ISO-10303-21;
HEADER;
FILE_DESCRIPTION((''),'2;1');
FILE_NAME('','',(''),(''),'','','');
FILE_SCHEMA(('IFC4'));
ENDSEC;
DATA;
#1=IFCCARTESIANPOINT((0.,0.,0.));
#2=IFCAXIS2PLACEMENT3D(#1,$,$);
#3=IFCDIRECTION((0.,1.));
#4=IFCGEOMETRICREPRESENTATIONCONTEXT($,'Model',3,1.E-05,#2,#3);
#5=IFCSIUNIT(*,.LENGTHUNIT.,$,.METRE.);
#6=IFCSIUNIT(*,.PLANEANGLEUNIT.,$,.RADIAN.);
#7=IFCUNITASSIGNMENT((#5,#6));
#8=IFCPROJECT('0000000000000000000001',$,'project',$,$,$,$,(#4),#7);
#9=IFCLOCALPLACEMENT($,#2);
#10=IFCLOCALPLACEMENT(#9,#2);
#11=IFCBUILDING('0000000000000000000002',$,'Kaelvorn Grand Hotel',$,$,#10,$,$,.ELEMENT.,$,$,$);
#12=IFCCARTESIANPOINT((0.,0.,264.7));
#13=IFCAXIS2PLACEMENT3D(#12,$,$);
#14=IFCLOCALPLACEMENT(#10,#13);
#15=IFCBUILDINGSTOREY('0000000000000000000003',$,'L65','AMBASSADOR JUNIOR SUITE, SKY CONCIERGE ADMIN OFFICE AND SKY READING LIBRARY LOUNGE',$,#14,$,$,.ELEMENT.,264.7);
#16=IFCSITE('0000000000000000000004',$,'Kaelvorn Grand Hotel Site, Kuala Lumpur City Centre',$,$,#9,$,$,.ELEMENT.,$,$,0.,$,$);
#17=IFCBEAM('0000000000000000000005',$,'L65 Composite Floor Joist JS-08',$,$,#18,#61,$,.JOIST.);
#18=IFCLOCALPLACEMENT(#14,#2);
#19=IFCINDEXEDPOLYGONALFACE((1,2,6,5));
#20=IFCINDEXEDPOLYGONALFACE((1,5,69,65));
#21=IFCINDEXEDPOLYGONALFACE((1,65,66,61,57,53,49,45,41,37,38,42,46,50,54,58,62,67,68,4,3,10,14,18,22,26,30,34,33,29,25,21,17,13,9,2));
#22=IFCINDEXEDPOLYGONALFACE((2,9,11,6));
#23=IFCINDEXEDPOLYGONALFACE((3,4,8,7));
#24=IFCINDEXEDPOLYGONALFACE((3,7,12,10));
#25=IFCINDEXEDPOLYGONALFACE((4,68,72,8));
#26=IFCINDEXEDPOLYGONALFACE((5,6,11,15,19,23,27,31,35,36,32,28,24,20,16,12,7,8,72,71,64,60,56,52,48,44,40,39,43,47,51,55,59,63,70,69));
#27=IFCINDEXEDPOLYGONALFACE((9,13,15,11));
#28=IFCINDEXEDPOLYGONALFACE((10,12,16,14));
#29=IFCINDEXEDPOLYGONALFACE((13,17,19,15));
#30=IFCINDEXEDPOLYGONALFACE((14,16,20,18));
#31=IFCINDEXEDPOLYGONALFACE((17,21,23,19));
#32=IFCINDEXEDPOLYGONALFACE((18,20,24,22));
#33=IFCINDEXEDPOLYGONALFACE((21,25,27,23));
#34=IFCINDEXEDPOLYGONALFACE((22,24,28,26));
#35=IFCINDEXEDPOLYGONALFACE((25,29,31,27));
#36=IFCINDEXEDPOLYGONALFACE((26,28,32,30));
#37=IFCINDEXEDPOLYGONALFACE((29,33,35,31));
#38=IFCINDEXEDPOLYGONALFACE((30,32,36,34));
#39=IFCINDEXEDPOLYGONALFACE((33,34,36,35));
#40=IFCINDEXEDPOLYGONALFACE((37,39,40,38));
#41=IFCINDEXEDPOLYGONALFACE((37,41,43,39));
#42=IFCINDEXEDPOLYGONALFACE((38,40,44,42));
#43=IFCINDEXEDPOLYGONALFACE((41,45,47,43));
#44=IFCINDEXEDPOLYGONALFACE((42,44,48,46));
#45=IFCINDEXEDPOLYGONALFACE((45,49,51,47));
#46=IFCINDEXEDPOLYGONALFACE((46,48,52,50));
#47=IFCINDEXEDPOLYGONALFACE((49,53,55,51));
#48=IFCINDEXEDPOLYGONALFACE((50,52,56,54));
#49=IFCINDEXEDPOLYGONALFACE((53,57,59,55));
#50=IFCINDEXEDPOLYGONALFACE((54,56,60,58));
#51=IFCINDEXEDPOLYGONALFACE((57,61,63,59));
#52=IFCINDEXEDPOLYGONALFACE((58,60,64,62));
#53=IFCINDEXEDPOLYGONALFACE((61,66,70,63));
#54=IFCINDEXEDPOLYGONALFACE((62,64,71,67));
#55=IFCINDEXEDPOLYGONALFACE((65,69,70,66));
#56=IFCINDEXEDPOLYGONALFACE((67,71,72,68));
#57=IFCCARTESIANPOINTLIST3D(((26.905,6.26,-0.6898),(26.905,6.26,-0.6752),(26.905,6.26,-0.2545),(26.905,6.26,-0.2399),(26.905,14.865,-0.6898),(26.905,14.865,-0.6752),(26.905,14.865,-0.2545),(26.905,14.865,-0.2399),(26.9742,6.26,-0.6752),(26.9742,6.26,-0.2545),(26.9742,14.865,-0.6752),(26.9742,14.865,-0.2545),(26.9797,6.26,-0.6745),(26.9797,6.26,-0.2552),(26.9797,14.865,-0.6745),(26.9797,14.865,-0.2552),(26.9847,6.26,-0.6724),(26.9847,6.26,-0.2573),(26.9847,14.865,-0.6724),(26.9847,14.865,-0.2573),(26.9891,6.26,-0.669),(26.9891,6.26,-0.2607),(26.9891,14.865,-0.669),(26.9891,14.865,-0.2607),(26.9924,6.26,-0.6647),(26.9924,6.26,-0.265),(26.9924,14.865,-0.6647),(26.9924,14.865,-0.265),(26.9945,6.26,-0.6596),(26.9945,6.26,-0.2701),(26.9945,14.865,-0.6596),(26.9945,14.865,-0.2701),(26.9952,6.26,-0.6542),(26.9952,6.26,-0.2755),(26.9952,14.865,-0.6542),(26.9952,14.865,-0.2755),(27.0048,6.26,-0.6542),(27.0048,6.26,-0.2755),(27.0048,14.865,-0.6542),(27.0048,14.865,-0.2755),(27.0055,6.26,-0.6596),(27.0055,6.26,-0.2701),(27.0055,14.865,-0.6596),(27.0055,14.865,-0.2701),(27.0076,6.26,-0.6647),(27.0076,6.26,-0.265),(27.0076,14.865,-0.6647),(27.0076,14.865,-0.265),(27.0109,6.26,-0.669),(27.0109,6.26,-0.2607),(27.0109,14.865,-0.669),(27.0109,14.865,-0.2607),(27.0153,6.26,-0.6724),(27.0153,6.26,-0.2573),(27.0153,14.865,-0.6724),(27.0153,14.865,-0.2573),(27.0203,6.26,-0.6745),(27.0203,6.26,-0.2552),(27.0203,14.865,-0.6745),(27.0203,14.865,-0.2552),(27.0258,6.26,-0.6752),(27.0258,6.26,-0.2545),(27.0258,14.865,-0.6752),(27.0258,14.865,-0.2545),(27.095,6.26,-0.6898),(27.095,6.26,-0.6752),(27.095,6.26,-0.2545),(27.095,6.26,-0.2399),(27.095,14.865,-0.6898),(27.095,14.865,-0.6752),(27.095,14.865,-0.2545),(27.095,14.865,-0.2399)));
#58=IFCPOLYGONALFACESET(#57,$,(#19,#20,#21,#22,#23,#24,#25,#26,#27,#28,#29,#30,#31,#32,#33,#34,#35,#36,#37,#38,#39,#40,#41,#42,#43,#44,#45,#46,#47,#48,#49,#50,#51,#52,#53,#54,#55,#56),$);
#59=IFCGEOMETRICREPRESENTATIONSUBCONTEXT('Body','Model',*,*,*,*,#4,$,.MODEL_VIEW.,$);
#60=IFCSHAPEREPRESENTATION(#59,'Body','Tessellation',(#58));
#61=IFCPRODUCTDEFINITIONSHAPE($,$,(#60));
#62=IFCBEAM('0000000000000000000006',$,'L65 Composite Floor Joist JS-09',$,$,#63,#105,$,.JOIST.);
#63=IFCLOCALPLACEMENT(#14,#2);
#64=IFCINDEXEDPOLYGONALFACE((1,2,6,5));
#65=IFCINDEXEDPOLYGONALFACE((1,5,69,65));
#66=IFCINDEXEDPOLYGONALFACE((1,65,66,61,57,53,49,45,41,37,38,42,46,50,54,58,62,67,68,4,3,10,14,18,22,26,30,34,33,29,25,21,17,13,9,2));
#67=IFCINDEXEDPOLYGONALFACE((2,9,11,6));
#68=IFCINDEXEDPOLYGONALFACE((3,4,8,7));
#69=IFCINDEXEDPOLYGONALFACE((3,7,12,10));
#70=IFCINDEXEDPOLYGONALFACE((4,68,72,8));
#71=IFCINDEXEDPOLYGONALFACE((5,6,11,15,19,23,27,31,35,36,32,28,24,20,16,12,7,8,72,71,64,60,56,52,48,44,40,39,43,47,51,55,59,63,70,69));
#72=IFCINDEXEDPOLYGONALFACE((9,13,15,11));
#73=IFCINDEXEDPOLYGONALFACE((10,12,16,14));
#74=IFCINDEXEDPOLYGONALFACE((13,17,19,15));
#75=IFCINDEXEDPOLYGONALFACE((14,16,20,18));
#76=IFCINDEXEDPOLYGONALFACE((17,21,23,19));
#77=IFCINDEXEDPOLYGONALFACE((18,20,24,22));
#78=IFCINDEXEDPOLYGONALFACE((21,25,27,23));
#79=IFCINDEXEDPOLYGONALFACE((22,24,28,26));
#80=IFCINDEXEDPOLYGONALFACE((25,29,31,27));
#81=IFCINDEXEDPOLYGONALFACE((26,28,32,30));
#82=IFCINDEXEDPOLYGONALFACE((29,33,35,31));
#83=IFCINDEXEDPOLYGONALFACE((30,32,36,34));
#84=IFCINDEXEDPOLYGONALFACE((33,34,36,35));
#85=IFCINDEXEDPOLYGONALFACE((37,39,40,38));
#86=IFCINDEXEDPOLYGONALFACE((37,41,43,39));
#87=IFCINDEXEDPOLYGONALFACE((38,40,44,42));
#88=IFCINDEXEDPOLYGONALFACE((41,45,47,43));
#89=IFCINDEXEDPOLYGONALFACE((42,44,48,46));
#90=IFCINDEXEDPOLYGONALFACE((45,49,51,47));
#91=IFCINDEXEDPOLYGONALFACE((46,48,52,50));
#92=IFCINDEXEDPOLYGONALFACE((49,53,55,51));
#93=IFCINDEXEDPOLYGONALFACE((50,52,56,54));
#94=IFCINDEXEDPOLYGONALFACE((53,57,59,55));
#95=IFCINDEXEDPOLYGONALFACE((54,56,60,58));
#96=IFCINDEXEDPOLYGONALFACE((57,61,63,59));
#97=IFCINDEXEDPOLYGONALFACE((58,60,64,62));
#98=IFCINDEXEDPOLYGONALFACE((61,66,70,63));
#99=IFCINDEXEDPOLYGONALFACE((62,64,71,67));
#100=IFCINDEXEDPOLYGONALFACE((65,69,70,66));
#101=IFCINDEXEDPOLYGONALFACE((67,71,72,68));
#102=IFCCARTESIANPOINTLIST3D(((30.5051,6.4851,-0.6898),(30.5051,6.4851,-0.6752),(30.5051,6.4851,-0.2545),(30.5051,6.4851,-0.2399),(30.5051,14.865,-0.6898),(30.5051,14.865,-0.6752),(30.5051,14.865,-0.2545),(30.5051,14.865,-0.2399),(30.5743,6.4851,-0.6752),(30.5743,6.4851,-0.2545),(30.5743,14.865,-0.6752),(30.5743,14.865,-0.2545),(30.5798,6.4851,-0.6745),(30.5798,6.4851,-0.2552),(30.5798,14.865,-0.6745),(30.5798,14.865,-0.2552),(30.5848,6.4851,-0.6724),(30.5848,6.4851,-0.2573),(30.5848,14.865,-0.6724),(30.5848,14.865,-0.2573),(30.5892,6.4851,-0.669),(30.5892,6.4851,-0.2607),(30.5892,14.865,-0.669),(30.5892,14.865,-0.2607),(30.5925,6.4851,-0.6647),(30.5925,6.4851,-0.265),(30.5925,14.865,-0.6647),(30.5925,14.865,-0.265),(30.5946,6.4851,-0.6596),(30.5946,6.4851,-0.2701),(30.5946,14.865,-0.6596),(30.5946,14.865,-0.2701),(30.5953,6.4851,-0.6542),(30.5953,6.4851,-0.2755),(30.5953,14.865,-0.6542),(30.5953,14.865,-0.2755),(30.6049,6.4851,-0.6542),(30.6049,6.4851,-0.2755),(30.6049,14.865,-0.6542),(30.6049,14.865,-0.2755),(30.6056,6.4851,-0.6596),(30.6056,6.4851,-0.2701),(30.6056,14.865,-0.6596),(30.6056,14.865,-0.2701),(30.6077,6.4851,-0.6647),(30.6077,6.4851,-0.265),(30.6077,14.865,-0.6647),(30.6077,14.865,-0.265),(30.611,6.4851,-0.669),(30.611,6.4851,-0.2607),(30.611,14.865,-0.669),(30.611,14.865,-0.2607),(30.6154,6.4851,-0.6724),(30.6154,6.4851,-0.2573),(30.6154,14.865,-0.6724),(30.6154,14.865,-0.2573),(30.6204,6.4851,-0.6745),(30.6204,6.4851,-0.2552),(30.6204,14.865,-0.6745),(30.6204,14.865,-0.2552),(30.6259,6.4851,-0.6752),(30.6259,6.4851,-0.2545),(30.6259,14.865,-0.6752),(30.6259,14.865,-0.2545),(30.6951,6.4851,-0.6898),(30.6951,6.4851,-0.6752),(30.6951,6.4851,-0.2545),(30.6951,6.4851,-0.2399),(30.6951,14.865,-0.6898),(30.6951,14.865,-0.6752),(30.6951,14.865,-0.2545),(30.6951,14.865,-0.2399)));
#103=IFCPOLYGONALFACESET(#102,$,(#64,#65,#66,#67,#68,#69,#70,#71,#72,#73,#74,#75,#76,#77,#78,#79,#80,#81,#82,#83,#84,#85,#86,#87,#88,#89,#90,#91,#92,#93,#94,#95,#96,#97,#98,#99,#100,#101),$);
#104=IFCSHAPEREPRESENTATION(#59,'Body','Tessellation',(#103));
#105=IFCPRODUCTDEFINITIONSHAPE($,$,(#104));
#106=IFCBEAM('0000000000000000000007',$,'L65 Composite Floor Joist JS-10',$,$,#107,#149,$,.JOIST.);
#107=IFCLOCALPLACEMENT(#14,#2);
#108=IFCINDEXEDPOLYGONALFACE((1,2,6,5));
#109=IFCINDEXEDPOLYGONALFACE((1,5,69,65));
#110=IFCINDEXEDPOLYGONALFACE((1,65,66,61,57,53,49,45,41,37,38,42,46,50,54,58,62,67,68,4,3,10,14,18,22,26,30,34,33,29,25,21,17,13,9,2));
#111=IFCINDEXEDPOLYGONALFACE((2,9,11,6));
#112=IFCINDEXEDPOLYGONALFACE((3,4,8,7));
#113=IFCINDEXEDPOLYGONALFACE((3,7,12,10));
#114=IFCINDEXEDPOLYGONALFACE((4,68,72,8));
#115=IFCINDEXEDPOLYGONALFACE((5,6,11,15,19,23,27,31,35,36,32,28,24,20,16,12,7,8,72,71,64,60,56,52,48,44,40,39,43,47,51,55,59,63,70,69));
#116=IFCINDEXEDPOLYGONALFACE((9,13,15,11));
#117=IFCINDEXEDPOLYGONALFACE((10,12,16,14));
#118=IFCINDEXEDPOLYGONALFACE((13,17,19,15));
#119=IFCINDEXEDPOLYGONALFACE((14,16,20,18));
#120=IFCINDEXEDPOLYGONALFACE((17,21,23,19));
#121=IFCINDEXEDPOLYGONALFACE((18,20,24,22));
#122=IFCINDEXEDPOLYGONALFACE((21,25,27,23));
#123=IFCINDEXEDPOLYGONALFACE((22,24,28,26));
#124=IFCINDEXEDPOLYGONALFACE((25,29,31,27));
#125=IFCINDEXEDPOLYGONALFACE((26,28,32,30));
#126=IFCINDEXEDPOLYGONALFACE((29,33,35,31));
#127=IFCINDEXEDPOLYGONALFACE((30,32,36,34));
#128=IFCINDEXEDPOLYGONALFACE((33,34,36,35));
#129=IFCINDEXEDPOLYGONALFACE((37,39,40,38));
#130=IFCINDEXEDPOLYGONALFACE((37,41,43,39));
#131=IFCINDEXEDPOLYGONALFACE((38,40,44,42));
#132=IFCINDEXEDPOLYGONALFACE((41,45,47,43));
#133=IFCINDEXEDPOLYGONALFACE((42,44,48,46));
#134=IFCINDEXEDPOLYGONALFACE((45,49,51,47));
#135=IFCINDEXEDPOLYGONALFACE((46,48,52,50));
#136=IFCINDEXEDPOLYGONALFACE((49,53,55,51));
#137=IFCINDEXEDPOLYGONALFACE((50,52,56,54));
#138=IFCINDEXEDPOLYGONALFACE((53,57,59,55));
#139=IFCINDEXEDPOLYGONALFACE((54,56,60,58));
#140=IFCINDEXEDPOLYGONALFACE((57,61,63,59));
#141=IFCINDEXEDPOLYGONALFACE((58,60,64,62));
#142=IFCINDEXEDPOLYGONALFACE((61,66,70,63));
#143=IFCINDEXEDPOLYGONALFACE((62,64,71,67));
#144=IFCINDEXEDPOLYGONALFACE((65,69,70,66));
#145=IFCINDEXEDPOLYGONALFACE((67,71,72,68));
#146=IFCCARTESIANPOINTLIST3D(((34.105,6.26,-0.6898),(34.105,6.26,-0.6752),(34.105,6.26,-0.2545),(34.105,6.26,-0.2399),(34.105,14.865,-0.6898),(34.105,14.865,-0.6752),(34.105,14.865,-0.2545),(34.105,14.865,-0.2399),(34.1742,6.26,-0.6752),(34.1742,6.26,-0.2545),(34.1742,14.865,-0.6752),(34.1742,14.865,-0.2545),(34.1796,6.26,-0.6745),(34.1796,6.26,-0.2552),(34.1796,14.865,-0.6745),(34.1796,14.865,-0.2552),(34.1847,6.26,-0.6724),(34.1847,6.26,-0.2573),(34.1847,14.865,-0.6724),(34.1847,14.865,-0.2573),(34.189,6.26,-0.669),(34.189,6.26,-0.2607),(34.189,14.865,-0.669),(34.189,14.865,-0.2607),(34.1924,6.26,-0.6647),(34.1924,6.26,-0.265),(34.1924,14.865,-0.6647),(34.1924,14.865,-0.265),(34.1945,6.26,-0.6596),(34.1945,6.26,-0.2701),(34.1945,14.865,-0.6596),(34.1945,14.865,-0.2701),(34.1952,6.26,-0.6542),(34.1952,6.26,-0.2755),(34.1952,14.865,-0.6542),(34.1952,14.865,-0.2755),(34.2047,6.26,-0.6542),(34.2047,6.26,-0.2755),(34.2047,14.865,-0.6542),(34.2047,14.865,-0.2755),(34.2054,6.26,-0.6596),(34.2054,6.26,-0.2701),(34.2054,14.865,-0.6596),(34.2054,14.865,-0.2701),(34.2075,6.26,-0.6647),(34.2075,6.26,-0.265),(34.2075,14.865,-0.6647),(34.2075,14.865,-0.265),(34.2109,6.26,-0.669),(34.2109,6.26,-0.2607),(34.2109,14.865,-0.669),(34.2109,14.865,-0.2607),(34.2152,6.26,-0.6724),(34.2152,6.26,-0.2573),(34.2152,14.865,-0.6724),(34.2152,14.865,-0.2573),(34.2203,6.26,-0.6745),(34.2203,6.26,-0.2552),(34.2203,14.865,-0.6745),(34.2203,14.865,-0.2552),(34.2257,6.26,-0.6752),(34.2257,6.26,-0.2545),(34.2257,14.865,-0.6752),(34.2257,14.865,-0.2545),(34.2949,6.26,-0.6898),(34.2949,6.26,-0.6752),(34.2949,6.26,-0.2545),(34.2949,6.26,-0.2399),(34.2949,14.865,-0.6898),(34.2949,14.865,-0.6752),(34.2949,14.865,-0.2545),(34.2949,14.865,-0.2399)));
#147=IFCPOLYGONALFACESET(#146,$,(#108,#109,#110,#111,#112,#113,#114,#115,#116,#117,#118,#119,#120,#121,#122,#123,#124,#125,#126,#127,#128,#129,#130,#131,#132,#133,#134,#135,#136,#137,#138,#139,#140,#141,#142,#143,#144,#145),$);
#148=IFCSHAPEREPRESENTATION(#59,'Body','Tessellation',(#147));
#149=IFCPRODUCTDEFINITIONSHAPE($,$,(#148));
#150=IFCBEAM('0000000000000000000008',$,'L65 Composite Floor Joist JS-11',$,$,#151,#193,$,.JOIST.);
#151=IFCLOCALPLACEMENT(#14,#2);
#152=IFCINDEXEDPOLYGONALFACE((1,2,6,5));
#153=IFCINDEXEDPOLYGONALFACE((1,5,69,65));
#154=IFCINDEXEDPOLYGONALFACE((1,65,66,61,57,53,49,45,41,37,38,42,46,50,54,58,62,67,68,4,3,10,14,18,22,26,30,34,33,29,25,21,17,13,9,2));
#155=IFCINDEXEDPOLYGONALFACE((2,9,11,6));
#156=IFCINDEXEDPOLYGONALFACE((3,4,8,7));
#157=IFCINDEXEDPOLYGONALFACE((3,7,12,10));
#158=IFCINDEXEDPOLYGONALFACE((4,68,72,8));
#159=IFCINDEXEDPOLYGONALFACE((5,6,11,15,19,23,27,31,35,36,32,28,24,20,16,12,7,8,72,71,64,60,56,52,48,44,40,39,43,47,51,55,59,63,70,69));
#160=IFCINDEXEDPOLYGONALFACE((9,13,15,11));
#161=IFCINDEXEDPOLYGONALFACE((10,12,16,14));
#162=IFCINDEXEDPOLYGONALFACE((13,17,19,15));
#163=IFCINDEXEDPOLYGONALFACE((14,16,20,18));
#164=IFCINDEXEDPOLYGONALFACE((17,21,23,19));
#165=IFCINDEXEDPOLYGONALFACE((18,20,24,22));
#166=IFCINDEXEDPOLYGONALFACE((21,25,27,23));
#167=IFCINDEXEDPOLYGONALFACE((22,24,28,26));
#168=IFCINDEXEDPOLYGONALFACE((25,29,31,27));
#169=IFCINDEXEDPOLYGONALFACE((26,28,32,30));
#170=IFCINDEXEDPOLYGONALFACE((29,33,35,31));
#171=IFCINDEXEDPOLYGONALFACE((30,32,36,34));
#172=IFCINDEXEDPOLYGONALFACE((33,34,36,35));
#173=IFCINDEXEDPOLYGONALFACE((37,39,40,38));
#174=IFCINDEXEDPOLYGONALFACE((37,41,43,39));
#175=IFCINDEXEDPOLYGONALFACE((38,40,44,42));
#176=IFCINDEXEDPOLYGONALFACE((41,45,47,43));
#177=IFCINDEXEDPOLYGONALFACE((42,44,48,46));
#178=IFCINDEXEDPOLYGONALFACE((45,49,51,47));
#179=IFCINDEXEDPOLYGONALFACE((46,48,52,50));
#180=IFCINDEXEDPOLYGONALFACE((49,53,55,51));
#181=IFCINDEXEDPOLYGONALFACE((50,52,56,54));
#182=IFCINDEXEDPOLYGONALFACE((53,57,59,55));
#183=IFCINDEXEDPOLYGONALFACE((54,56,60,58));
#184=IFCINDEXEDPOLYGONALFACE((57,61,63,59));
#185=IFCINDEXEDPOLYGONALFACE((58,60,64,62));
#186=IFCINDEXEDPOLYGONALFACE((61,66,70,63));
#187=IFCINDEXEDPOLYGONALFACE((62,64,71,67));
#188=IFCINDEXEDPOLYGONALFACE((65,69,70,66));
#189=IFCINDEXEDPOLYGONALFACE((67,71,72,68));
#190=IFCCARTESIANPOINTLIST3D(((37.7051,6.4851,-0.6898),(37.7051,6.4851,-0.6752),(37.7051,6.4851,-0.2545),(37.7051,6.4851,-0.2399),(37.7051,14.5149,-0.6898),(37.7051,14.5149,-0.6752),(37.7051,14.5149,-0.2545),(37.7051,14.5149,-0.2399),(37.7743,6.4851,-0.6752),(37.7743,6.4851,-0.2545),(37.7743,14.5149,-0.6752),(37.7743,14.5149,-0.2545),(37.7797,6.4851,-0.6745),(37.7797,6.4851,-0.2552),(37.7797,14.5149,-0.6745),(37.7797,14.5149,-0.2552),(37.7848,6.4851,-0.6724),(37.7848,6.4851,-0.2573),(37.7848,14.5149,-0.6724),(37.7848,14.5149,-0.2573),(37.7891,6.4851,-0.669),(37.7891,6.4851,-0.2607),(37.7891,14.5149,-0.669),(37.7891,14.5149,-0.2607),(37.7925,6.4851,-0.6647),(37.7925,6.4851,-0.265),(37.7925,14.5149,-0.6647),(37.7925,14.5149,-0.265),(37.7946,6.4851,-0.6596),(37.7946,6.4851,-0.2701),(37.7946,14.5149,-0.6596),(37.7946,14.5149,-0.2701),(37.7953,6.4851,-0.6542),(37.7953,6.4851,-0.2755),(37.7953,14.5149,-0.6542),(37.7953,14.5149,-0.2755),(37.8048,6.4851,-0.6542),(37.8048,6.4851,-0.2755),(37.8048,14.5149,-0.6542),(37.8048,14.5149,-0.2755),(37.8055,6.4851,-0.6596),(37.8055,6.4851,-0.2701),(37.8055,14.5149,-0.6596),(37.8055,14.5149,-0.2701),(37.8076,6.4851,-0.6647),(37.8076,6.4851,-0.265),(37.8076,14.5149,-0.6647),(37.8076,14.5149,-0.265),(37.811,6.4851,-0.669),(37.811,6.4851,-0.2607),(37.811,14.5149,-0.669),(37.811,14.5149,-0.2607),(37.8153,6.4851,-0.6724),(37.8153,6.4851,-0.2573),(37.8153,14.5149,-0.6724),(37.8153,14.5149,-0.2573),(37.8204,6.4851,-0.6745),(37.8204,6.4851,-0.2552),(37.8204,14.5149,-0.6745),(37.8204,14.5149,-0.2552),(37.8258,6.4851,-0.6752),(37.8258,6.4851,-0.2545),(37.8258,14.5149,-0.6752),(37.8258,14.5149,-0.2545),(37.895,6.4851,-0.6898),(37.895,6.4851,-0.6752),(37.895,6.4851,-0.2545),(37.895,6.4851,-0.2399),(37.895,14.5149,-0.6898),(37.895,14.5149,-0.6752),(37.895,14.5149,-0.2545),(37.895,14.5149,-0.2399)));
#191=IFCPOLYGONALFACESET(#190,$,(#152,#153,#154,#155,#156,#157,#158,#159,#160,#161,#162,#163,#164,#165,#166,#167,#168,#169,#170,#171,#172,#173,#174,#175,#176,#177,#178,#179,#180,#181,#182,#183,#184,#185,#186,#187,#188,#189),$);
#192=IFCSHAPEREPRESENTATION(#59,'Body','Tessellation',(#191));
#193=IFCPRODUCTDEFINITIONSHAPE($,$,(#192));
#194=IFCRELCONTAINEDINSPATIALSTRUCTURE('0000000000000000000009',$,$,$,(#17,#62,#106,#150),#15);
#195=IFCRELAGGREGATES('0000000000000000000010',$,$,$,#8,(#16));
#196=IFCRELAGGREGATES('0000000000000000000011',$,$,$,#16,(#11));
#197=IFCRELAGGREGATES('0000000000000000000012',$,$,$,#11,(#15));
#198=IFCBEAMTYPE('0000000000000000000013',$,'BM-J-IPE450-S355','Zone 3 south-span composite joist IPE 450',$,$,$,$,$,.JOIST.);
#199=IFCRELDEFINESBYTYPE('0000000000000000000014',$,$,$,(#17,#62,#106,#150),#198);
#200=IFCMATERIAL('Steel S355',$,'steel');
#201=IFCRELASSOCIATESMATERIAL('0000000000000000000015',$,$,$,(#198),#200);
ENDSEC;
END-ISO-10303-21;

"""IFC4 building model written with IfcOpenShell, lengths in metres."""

from ifc_helpers import new_model, si_unit, direction, frame, origin, origin_2d, place, context, subcontext, project, spatial, i_section, extrude, material, material_profile, profile_set, type_object, element, save


model = new_model("IFC4")

# Units and contexts
model_context = context("Model", 3, precision=1e-05, world=origin(), true_north=direction((0.0, 1.0)))
body_context = subcontext(model_context, "Body", "Model", "MODEL_VIEW")
ifc_project = project(units=[si_unit("LENGTHUNIT", "METRE"), si_unit("PLANEANGLEUNIT", "RADIAN")], contexts=[model_context])

# Site, building, storey
site_placement = place(None, origin())
site = spatial("IfcSite", under=ifc_project, at=site_placement, Name="Kaelvorn Grand Hotel Site, Kuala Lumpur City Centre", CompositionType="ELEMENT", RefElevation=0.0)
building_placement = place(site_placement, origin())
building = spatial("IfcBuilding", under=site, at=building_placement, Name="Kaelvorn Grand Hotel", CompositionType="ELEMENT")
storey_placement = place(building_placement, frame((0.0, 0.0, 264.7)))
storey = spatial("IfcBuildingStorey", under=building, at=storey_placement, Name="L65", Description="AMBASSADOR JUNIOR SUITE, SKY CONCIERGE ADMIN OFFICE AND SKY READING LIBRARY LOUNGE", CompositionType="ELEMENT", Elevation=264.7)

# Beams
ifc_material_1 = material(Name="Steel S355", Category="steel")
ifc_material_profile_1 = material_profile(ifc_material_1, i_section(OverallWidth=0.1899, OverallDepth=0.45, WebThickness=0.0095, FlangeThickness=0.0146, FilletRadius=0.021, at=origin_2d()), Name="IPE 450")
ifc_profile_set_1 = profile_set([ifc_material_profile_1], Name="Steel S355")
beam_type_1 = type_object("IfcBeamType", Name="BM-J-IPE450-S355", Description="Zone 3 south-span composite joist IPE 450", PredefinedType="JOIST", material=ifc_profile_set_1)
beam_1_placement = place(storey_placement, frame((27.0, 6.26, -0.4648), z_axis=(0.0, 1.0, 0.0), x_axis=(-1.0, 0.0, 0.0)))
element("IfcBeam", 1, at=beam_1_placement, inside=storey, type_object=beam_type_1, Name="L65 Composite Floor Joist JS-08", PredefinedType="JOIST", context=body_context, shape_type="SweptSolid", body=[
    extrude(i_section(OverallWidth=0.1899, OverallDepth=0.45, WebThickness=0.0095, FlangeThickness=0.0146, FilletRadius=0.021, at=origin_2d()), origin(), (0.0, 0.0, 1.0), 8.605),
])
beam_2_placement = place(storey_placement, frame((30.6001, 6.4851, -0.4648), z_axis=(0.0, 1.0, 0.0), x_axis=(-1.0, 0.0, 0.0)))
element("IfcBeam", 2, at=beam_2_placement, inside=storey, type_object=beam_type_1, Name="L65 Composite Floor Joist JS-09", PredefinedType="JOIST", context=body_context, shape_type="SweptSolid", body=[
    extrude(i_section(OverallWidth=0.1899, OverallDepth=0.45, WebThickness=0.0095, FlangeThickness=0.0146, FilletRadius=0.021, at=origin_2d()), origin(), (0.0, 0.0, 1.0), 8.3799),
])
beam_3_placement = place(storey_placement, frame((34.2, 6.26, -0.4648), z_axis=(0.0, 1.0, 0.0), x_axis=(-1.0, 0.0, 0.0)))
element("IfcBeam", 3, at=beam_3_placement, inside=storey, type_object=beam_type_1, Name="L65 Composite Floor Joist JS-10", PredefinedType="JOIST", context=body_context, shape_type="SweptSolid", body=[
    extrude(i_section(OverallWidth=0.1899, OverallDepth=0.45, WebThickness=0.0095, FlangeThickness=0.0146, FilletRadius=0.021, at=origin_2d()), origin(), (0.0, 0.0, 1.0), 8.605),
])
beam_4_placement = place(storey_placement, frame((37.8, 6.4851, -0.4648), z_axis=(0.0, 1.0, 0.0), x_axis=(-1.0, 0.0, 0.0)))
element("IfcBeam", 4, at=beam_4_placement, inside=storey, type_object=beam_type_1, Name="L65 Composite Floor Joist JS-11", PredefinedType="JOIST", context=body_context, shape_type="SweptSolid", body=[
    extrude(i_section(OverallWidth=0.1899, OverallDepth=0.45, WebThickness=0.0095, FlangeThickness=0.0146, FilletRadius=0.021, at=origin_2d()), origin(), (0.0, 0.0, 1.0), 8.0298),
])

save(model, "model.ifc")
